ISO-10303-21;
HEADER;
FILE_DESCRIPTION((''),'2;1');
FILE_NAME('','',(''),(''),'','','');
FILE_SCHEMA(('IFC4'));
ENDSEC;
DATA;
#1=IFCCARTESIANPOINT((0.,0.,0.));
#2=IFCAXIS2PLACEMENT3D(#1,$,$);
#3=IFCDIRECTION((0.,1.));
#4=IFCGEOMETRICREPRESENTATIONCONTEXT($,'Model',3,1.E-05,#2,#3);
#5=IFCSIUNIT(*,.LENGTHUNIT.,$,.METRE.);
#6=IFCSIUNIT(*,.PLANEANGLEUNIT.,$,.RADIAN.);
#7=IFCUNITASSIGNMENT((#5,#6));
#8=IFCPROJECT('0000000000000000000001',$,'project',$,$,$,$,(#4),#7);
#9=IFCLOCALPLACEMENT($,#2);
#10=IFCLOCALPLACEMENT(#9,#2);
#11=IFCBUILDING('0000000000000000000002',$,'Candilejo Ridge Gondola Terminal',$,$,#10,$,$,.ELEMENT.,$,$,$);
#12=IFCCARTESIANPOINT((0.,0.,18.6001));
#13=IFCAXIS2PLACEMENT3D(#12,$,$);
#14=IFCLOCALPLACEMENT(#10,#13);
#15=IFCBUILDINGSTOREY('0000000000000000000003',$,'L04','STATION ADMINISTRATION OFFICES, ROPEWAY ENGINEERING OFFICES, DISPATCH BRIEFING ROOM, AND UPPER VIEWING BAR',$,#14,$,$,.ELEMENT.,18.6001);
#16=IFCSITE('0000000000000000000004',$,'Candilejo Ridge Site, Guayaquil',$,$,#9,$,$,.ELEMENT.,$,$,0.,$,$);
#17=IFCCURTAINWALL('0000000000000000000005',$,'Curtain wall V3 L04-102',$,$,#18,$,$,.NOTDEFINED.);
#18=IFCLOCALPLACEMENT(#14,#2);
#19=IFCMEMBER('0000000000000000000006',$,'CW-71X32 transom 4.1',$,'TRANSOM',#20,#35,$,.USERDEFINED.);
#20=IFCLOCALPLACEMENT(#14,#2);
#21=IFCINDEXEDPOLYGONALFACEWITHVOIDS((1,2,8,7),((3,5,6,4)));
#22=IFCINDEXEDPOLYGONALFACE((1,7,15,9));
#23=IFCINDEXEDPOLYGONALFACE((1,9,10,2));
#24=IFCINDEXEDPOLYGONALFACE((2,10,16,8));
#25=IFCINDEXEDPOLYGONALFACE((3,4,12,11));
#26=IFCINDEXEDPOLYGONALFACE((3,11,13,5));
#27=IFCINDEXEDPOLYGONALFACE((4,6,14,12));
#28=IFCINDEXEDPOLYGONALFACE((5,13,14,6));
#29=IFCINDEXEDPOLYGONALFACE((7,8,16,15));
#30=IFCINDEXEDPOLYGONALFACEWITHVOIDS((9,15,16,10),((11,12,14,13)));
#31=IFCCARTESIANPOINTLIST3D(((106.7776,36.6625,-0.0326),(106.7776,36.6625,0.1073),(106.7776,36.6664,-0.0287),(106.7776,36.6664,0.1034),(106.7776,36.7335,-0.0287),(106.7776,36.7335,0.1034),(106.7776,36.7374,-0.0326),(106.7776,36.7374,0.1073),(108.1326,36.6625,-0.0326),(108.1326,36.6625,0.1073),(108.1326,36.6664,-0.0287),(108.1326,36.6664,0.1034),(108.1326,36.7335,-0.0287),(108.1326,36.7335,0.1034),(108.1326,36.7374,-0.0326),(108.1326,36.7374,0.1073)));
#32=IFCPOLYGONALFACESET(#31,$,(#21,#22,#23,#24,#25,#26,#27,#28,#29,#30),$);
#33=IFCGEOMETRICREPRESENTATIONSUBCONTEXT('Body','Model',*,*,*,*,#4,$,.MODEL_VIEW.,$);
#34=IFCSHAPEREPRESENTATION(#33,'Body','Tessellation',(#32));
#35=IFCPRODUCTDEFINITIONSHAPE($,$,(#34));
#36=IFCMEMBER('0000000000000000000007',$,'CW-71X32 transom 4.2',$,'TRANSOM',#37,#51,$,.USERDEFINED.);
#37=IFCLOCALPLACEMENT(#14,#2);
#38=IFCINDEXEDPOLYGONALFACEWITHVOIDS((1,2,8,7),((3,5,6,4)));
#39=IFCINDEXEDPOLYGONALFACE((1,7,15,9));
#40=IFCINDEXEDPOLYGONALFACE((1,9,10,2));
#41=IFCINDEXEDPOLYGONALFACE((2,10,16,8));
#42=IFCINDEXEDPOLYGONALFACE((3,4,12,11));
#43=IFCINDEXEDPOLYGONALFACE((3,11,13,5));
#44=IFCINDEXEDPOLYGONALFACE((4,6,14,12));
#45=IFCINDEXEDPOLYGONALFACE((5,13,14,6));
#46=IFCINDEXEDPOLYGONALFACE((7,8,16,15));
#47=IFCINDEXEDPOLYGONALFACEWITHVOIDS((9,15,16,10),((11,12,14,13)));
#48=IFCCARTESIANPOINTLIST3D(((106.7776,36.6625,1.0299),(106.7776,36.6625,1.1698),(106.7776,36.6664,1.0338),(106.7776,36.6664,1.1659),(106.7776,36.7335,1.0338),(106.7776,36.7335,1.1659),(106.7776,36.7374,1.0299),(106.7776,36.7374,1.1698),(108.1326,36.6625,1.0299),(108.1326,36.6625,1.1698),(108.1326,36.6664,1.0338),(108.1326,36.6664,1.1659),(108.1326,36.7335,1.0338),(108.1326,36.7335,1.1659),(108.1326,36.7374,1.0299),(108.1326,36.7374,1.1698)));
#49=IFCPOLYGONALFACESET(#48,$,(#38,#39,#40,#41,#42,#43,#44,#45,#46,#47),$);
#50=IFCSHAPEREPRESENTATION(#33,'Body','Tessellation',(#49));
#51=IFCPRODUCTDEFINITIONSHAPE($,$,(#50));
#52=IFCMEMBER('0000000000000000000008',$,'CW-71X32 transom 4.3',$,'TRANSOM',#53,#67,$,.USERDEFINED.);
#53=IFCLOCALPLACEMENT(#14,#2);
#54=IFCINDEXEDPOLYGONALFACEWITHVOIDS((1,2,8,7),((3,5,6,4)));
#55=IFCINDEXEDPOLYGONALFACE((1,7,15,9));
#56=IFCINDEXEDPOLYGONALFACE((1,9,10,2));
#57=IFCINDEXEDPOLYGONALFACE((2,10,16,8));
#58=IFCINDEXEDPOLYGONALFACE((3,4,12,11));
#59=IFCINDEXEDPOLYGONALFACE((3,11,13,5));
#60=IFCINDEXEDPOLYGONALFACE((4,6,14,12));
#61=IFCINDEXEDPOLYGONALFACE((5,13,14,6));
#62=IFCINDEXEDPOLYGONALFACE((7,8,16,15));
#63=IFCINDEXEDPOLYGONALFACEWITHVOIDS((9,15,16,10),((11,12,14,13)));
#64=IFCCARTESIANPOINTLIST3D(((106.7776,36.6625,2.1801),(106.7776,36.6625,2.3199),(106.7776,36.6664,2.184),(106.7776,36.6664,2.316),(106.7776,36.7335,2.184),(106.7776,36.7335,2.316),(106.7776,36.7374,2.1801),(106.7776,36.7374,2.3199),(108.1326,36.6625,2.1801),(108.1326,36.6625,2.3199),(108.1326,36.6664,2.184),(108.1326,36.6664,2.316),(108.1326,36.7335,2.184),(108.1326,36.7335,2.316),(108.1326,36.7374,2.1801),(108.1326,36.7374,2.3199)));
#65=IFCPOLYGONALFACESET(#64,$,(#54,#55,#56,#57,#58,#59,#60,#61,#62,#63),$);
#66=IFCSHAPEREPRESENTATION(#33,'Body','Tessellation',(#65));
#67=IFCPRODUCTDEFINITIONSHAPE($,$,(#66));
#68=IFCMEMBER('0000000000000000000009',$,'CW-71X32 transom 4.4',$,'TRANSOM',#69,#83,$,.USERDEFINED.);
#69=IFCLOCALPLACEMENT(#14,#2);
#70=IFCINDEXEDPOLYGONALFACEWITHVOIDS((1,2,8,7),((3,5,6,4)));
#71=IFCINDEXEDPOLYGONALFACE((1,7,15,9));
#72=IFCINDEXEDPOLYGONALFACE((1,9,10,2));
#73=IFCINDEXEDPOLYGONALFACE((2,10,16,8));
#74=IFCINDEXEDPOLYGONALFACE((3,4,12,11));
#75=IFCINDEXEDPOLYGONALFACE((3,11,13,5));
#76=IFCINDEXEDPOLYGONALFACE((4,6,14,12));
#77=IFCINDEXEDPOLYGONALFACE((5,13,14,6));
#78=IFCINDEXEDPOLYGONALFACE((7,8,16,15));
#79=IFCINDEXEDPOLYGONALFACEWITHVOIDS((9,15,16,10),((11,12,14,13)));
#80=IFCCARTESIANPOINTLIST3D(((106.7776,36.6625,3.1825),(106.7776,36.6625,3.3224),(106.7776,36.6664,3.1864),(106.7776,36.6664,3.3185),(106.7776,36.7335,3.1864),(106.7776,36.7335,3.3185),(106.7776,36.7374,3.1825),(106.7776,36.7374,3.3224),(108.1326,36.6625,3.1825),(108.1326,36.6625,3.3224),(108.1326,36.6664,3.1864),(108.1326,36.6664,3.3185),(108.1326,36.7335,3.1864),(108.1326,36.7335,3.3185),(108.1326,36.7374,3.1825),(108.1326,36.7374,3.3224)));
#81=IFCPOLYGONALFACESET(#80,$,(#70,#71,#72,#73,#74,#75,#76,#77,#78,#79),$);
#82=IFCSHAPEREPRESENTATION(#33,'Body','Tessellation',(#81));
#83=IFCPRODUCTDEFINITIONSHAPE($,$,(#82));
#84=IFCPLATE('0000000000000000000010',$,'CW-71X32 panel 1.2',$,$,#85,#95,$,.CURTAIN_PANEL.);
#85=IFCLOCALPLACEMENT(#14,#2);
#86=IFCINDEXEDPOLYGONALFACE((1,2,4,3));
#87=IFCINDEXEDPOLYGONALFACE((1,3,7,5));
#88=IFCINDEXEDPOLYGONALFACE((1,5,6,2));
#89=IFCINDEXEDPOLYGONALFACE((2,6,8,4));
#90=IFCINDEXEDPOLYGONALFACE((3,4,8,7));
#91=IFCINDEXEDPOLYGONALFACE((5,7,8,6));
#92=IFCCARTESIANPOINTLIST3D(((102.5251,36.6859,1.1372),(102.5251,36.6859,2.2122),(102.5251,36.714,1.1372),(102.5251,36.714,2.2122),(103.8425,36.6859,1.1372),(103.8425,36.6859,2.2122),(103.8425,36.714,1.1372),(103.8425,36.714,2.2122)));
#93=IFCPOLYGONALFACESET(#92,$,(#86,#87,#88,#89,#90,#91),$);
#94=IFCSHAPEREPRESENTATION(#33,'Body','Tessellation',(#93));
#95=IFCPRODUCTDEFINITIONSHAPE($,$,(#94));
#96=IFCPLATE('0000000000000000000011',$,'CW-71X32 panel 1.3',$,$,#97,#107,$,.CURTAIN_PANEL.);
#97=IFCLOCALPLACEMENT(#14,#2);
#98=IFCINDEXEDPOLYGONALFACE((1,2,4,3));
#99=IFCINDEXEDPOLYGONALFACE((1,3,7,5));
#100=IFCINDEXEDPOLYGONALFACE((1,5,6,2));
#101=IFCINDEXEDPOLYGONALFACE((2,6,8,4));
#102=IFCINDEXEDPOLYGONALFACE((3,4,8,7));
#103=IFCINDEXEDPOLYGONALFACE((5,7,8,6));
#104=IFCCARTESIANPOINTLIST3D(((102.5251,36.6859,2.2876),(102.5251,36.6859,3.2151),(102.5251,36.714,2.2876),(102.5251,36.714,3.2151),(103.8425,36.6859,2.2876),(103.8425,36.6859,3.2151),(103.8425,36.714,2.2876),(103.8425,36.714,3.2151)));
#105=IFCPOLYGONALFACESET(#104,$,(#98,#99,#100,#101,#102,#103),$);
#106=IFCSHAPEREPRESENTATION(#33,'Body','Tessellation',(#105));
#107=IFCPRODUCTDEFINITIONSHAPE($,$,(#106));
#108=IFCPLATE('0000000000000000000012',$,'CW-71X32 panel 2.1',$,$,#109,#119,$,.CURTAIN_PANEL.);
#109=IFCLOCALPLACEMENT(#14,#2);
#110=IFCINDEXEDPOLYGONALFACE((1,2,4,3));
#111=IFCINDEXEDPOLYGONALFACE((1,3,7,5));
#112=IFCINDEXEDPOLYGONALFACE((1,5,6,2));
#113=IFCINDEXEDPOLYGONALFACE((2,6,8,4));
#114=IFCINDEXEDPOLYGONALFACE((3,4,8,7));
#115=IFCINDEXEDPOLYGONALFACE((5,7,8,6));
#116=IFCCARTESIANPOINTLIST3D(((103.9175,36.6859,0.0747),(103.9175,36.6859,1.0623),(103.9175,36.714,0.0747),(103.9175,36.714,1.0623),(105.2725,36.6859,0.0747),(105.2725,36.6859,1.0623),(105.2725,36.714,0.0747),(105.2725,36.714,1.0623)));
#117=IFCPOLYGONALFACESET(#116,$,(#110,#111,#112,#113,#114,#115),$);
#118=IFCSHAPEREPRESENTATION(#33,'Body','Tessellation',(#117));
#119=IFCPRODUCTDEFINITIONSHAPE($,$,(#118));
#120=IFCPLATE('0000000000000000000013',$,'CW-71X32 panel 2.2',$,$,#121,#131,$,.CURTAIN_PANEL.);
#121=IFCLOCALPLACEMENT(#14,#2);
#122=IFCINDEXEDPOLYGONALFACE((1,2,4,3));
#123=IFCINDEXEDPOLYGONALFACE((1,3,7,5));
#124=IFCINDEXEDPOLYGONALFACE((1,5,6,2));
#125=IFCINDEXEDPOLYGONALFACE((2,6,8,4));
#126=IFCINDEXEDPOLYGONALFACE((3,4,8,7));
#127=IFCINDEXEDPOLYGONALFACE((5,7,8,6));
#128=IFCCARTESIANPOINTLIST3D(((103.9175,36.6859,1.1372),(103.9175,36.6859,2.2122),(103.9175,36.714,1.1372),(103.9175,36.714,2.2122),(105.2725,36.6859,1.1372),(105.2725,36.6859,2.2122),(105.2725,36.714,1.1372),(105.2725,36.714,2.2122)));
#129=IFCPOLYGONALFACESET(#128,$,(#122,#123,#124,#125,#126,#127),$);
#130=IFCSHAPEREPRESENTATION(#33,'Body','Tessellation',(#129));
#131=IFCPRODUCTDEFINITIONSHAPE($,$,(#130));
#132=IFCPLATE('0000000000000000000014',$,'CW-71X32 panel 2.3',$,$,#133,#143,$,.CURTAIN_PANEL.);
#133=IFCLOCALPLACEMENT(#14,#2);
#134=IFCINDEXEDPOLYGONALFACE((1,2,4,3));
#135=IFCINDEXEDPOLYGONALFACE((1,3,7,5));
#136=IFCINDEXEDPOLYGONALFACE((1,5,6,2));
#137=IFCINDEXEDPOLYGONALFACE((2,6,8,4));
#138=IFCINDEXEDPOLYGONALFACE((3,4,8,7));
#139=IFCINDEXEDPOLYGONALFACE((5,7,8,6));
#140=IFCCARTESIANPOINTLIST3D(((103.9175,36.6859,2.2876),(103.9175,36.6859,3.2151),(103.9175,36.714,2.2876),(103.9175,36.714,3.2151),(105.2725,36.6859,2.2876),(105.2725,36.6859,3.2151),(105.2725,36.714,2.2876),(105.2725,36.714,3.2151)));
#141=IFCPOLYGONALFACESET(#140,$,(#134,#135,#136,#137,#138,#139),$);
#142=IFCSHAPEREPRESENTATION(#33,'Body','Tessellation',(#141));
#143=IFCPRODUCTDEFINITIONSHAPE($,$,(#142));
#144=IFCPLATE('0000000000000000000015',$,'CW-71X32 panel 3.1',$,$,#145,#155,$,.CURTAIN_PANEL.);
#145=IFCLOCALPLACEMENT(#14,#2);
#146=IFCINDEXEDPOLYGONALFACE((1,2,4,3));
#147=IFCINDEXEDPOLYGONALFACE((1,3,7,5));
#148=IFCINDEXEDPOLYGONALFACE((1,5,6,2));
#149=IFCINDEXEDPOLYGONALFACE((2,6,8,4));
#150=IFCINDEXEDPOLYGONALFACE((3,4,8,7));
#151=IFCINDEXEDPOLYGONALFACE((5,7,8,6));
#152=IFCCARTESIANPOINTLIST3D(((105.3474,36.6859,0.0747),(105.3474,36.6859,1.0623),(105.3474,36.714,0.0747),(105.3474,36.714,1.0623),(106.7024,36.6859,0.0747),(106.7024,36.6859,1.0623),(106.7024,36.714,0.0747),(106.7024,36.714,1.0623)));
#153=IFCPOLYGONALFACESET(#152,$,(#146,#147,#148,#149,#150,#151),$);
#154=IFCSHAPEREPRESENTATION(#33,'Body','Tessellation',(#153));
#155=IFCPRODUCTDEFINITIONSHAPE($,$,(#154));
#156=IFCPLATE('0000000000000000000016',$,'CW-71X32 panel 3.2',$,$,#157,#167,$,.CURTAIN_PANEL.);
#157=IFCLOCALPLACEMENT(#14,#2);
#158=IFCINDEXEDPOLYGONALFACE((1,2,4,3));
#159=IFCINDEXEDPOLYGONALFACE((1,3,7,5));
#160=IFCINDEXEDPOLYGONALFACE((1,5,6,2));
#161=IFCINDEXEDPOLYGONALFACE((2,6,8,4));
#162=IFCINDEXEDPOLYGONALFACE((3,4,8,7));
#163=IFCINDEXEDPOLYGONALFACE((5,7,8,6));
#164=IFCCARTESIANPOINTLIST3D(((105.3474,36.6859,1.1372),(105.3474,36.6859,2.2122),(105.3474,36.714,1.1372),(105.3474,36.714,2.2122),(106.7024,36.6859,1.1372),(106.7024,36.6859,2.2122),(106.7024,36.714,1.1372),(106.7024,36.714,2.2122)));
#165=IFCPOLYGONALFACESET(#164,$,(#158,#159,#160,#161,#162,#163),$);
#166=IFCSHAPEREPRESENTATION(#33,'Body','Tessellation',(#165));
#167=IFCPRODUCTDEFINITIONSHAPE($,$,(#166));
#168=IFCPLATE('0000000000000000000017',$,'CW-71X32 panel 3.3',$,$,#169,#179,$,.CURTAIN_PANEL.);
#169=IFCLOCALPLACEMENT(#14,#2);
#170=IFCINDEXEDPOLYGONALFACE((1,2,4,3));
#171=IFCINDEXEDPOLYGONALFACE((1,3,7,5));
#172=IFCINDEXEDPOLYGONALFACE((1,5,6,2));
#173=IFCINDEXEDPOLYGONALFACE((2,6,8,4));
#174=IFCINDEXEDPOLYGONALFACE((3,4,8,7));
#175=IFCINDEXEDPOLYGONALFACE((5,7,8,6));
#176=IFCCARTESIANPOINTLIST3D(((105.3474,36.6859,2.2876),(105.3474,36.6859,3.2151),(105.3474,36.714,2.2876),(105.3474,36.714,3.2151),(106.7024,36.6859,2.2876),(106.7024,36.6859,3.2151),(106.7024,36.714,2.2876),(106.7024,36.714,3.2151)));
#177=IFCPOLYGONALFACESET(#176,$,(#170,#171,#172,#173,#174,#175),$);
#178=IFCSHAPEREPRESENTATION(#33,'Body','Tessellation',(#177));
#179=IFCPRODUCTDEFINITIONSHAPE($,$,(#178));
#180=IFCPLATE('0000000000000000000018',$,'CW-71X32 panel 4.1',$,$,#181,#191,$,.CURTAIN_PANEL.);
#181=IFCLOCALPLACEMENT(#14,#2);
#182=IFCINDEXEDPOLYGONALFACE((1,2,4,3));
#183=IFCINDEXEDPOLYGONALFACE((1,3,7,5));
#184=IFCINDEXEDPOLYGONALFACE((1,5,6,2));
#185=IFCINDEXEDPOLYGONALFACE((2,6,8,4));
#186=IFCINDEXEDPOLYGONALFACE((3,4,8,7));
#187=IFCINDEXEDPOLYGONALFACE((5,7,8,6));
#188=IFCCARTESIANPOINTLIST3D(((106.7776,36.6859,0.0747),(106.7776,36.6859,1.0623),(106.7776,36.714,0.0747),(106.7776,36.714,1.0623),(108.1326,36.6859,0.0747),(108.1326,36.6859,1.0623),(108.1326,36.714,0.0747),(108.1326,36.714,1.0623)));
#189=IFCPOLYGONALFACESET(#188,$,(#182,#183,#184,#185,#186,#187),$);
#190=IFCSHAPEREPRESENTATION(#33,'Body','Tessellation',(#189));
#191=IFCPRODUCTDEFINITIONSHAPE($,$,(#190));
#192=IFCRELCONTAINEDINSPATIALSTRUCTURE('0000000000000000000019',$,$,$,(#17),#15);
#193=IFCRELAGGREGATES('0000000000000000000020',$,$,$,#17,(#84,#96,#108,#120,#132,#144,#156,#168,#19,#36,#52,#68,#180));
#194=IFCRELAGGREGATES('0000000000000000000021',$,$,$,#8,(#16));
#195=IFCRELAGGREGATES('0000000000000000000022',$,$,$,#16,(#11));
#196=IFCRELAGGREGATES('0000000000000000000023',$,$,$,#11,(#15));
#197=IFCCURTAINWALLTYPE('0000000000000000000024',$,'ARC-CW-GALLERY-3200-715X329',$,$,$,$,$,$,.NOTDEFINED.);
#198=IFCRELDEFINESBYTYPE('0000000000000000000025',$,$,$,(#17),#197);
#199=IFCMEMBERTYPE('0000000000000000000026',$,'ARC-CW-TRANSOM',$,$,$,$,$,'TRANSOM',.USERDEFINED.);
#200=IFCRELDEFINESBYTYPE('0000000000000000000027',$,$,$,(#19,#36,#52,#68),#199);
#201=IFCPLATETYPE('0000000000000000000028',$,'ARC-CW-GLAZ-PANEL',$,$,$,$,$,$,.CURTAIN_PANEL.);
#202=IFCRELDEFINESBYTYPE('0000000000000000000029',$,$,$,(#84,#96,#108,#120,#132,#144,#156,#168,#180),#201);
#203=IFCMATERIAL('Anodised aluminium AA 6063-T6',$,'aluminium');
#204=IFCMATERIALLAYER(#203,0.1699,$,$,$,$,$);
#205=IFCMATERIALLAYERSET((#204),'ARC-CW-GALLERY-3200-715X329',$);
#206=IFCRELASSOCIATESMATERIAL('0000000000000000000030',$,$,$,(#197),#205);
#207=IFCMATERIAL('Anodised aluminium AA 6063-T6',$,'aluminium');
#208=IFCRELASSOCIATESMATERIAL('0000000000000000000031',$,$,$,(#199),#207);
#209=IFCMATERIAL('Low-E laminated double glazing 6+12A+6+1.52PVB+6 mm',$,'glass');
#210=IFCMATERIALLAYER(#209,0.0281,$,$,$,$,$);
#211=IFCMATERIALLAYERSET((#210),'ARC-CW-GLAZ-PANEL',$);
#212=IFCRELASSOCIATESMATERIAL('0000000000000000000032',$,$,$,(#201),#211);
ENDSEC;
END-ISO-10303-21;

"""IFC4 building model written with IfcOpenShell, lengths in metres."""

from ifc_helpers import new_model, si_unit, direction, frame, origin, origin_2d, place, context, subcontext, project, spatial, rectangle, hollow_rectangle, extrude, material, layer, layer_set, material_profile, profile_set, type_object, element, aggregate, save


model = new_model("IFC4")

# Units and contexts
model_context = context("Model", 3, precision=1e-05, world=origin(), true_north=direction((0.0, 1.0)))
body_context = subcontext(model_context, "Body", "Model", "MODEL_VIEW")
ifc_project = project(units=[si_unit("LENGTHUNIT", "METRE"), si_unit("PLANEANGLEUNIT", "RADIAN")], contexts=[model_context])

# Site, building, storey
site_placement = place(None, origin())
site = spatial("IfcSite", under=ifc_project, at=site_placement, Name="Candilejo Ridge Site, Guayaquil", CompositionType="ELEMENT", RefElevation=0.0)
building_placement = place(site_placement, origin())
building = spatial("IfcBuilding", under=site, at=building_placement, Name="Candilejo Ridge Gondola Terminal", CompositionType="ELEMENT")
storey_placement = place(building_placement, frame((0.0, 0.0, 18.6001)))
storey = spatial("IfcBuildingStorey", under=building, at=storey_placement, Name="L04", Description="STATION ADMINISTRATION OFFICES, ROPEWAY ENGINEERING OFFICES, DISPATCH BRIEFING ROOM, AND UPPER VIEWING BAR", CompositionType="ELEMENT", Elevation=18.6001)

# Curtain wall, members, plates
ifc_material_1 = material(Name="Anodised aluminium AA 6063-T6", Category="aluminium")
ifc_layer_1 = layer(ifc_material_1, 0.1699)
ifc_layer_set_1 = layer_set([ifc_layer_1], Name="ARC-CW-GALLERY-3200-715X329")
curtain_wall_type = type_object("IfcCurtainWallType", Name="ARC-CW-GALLERY-3200-715X329", PredefinedType="NOTDEFINED", material=ifc_layer_set_1)
curtain_wall_placement = place(storey_placement, origin())
curtain_wall = element("IfcCurtainWall", 1, at=curtain_wall_placement, inside=storey, type_object=curtain_wall_type, Name="Curtain wall V3 L04-102", PredefinedType="NOTDEFINED")
ifc_material_2 = material(Name="Anodised aluminium AA 6063-T6", Category="aluminium")
ifc_material_profile_1 = material_profile(ifc_material_2, hollow_rectangle(XDim=0.075, YDim=0.1399, WallThickness=0.0039, at=origin_2d()))
ifc_profile_set_1 = profile_set([ifc_material_profile_1], Name="Anodised aluminium AA 6063-T6")
member_type_1 = type_object("IfcMemberType", Name="ARC-CW-TRANSOM", ElementType="TRANSOM", PredefinedType="USERDEFINED", material=ifc_profile_set_1)
member_1_placement = place(storey_placement, frame((106.7776, 36.7, 0.0374), z_axis=(1.0, 0.0, 0.0), x_axis=(0.0, 1.0, 0.0)))
member_1 = element("IfcMember", 2, at=member_1_placement, type_object=member_type_1, Name="CW-71X32 transom 4.1", ObjectType="TRANSOM", PredefinedType="USERDEFINED", context=body_context, shape_type="SweptSolid", body=[
    extrude(hollow_rectangle(XDim=0.075, YDim=0.1399, WallThickness=0.0039, at=origin_2d()), origin(), (0.0, 0.0, 1.0), 1.355),
])
member_2_placement = place(storey_placement, frame((106.7776, 36.7, 1.0999), z_axis=(1.0, 0.0, 0.0), x_axis=(0.0, 1.0, 0.0)))
member_2 = element("IfcMember", 3, at=member_2_placement, type_object=member_type_1, Name="CW-71X32 transom 4.2", ObjectType="TRANSOM", PredefinedType="USERDEFINED", context=body_context, shape_type="SweptSolid", body=[
    extrude(hollow_rectangle(XDim=0.075, YDim=0.1399, WallThickness=0.0039, at=origin_2d()), origin(), (0.0, 0.0, 1.0), 1.355),
])
member_3_placement = place(storey_placement, frame((106.7776, 36.7, 2.25), z_axis=(1.0, 0.0, 0.0), x_axis=(0.0, 1.0, 0.0)))
member_3 = element("IfcMember", 4, at=member_3_placement, type_object=member_type_1, Name="CW-71X32 transom 4.3", ObjectType="TRANSOM", PredefinedType="USERDEFINED", context=body_context, shape_type="SweptSolid", body=[
    extrude(hollow_rectangle(XDim=0.075, YDim=0.1399, WallThickness=0.0039, at=origin_2d()), origin(), (0.0, 0.0, 1.0), 1.355),
])
member_4_placement = place(storey_placement, frame((106.7776, 36.7, 3.2524), z_axis=(1.0, 0.0, 0.0), x_axis=(0.0, 1.0, 0.0)))
member_4 = element("IfcMember", 5, at=member_4_placement, type_object=member_type_1, Name="CW-71X32 transom 4.4", ObjectType="TRANSOM", PredefinedType="USERDEFINED", context=body_context, shape_type="SweptSolid", body=[
    extrude(hollow_rectangle(XDim=0.075, YDim=0.1399, WallThickness=0.0039, at=origin_2d()), origin(), (0.0, 0.0, 1.0), 1.355),
])
ifc_material_3 = material(Name="Low-E laminated double glazing 6+12A+6+1.52PVB+6 mm", Category="glass")
ifc_layer_2 = layer(ifc_material_3, 0.0281)
ifc_layer_set_2 = layer_set([ifc_layer_2], Name="ARC-CW-GLAZ-PANEL")
plate_type = type_object("IfcPlateType", Name="ARC-CW-GLAZ-PANEL", PredefinedType="CURTAIN_PANEL", material=ifc_layer_set_2)
plate_1_placement = place(storey_placement, frame((103.1838, 36.7, 1.1372), z_axis=(0.0, 0.0, 1.0), x_axis=(1.0, 0.0, 0.0)))
plate_1 = element("IfcPlate", 6, at=plate_1_placement, type_object=plate_type, Name="CW-71X32 panel 1.2", PredefinedType="CURTAIN_PANEL", context=body_context, shape_type="SweptSolid", body=[
    extrude(rectangle(XDim=1.3174, YDim=0.0281, at=origin_2d()), origin(), (0.0, 0.0, 1.0), 1.075),
])
plate_2_placement = place(storey_placement, frame((103.1838, 36.7, 2.2876), z_axis=(0.0, 0.0, 1.0), x_axis=(1.0, 0.0, 0.0)))
plate_2 = element("IfcPlate", 7, at=plate_2_placement, type_object=plate_type, Name="CW-71X32 panel 1.3", PredefinedType="CURTAIN_PANEL", context=body_context, shape_type="SweptSolid", body=[
    extrude(rectangle(XDim=1.3174, YDim=0.0281, at=origin_2d()), origin(), (0.0, 0.0, 1.0), 0.9275),
])
plate_3_placement = place(storey_placement, frame((104.595, 36.7, 0.0747), z_axis=(0.0, 0.0, 1.0), x_axis=(1.0, 0.0, 0.0)))
plate_3 = element("IfcPlate", 8, at=plate_3_placement, type_object=plate_type, Name="CW-71X32 panel 2.1", PredefinedType="CURTAIN_PANEL", context=body_context, shape_type="SweptSolid", body=[
    extrude(rectangle(XDim=1.355, YDim=0.0281, at=origin_2d()), origin(), (0.0, 0.0, 1.0), 0.9875),
])
plate_4_placement = place(storey_placement, frame((104.595, 36.7, 1.1372), z_axis=(0.0, 0.0, 1.0), x_axis=(1.0, 0.0, 0.0)))
plate_4 = element("IfcPlate", 9, at=plate_4_placement, type_object=plate_type, Name="CW-71X32 panel 2.2", PredefinedType="CURTAIN_PANEL", context=body_context, shape_type="SweptSolid", body=[
    extrude(rectangle(XDim=1.355, YDim=0.0281, at=origin_2d()), origin(), (0.0, 0.0, 1.0), 1.075),
])
plate_5_placement = place(storey_placement, frame((104.595, 36.7, 2.2876), z_axis=(0.0, 0.0, 1.0), x_axis=(1.0, 0.0, 0.0)))
plate_5 = element("IfcPlate", 10, at=plate_5_placement, type_object=plate_type, Name="CW-71X32 panel 2.3", PredefinedType="CURTAIN_PANEL", context=body_context, shape_type="SweptSolid", body=[
    extrude(rectangle(XDim=1.355, YDim=0.0281, at=origin_2d()), origin(), (0.0, 0.0, 1.0), 0.9275),
])
plate_6_placement = place(storey_placement, frame((106.0249, 36.7, 0.0747), z_axis=(0.0, 0.0, 1.0), x_axis=(1.0, 0.0, 0.0)))
plate_6 = element("IfcPlate", 11, at=plate_6_placement, type_object=plate_type, Name="CW-71X32 panel 3.1", PredefinedType="CURTAIN_PANEL", context=body_context, shape_type="SweptSolid", body=[
    extrude(rectangle(XDim=1.355, YDim=0.0281, at=origin_2d()), origin(), (0.0, 0.0, 1.0), 0.9875),
])
plate_7_placement = place(storey_placement, frame((106.0249, 36.7, 1.1372), z_axis=(0.0, 0.0, 1.0), x_axis=(1.0, 0.0, 0.0)))
plate_7 = element("IfcPlate", 12, at=plate_7_placement, type_object=plate_type, Name="CW-71X32 panel 3.2", PredefinedType="CURTAIN_PANEL", context=body_context, shape_type="SweptSolid", body=[
    extrude(rectangle(XDim=1.355, YDim=0.0281, at=origin_2d()), origin(), (0.0, 0.0, 1.0), 1.075),
])
plate_8_placement = place(storey_placement, frame((106.0249, 36.7, 2.2876), z_axis=(0.0, 0.0, 1.0), x_axis=(1.0, 0.0, 0.0)))
plate_8 = element("IfcPlate", 13, at=plate_8_placement, type_object=plate_type, Name="CW-71X32 panel 3.3", PredefinedType="CURTAIN_PANEL", context=body_context, shape_type="SweptSolid", body=[
    extrude(rectangle(XDim=1.355, YDim=0.0281, at=origin_2d()), origin(), (0.0, 0.0, 1.0), 0.9275),
])
plate_9_placement = place(storey_placement, frame((107.4551, 36.7, 0.0747), z_axis=(0.0, 0.0, 1.0), x_axis=(1.0, 0.0, 0.0)))
plate_9 = element("IfcPlate", 14, at=plate_9_placement, type_object=plate_type, Name="CW-71X32 panel 4.1", PredefinedType="CURTAIN_PANEL", context=body_context, shape_type="SweptSolid", body=[
    extrude(rectangle(XDim=1.355, YDim=0.0281, at=origin_2d()), origin(), (0.0, 0.0, 1.0), 0.9875),
])
aggregate(curtain_wall, [plate_1, plate_2, plate_3, plate_4, plate_5, plate_6, plate_7, plate_8, member_1, member_2, member_3, member_4, plate_9])

save(model, "model.ifc")
